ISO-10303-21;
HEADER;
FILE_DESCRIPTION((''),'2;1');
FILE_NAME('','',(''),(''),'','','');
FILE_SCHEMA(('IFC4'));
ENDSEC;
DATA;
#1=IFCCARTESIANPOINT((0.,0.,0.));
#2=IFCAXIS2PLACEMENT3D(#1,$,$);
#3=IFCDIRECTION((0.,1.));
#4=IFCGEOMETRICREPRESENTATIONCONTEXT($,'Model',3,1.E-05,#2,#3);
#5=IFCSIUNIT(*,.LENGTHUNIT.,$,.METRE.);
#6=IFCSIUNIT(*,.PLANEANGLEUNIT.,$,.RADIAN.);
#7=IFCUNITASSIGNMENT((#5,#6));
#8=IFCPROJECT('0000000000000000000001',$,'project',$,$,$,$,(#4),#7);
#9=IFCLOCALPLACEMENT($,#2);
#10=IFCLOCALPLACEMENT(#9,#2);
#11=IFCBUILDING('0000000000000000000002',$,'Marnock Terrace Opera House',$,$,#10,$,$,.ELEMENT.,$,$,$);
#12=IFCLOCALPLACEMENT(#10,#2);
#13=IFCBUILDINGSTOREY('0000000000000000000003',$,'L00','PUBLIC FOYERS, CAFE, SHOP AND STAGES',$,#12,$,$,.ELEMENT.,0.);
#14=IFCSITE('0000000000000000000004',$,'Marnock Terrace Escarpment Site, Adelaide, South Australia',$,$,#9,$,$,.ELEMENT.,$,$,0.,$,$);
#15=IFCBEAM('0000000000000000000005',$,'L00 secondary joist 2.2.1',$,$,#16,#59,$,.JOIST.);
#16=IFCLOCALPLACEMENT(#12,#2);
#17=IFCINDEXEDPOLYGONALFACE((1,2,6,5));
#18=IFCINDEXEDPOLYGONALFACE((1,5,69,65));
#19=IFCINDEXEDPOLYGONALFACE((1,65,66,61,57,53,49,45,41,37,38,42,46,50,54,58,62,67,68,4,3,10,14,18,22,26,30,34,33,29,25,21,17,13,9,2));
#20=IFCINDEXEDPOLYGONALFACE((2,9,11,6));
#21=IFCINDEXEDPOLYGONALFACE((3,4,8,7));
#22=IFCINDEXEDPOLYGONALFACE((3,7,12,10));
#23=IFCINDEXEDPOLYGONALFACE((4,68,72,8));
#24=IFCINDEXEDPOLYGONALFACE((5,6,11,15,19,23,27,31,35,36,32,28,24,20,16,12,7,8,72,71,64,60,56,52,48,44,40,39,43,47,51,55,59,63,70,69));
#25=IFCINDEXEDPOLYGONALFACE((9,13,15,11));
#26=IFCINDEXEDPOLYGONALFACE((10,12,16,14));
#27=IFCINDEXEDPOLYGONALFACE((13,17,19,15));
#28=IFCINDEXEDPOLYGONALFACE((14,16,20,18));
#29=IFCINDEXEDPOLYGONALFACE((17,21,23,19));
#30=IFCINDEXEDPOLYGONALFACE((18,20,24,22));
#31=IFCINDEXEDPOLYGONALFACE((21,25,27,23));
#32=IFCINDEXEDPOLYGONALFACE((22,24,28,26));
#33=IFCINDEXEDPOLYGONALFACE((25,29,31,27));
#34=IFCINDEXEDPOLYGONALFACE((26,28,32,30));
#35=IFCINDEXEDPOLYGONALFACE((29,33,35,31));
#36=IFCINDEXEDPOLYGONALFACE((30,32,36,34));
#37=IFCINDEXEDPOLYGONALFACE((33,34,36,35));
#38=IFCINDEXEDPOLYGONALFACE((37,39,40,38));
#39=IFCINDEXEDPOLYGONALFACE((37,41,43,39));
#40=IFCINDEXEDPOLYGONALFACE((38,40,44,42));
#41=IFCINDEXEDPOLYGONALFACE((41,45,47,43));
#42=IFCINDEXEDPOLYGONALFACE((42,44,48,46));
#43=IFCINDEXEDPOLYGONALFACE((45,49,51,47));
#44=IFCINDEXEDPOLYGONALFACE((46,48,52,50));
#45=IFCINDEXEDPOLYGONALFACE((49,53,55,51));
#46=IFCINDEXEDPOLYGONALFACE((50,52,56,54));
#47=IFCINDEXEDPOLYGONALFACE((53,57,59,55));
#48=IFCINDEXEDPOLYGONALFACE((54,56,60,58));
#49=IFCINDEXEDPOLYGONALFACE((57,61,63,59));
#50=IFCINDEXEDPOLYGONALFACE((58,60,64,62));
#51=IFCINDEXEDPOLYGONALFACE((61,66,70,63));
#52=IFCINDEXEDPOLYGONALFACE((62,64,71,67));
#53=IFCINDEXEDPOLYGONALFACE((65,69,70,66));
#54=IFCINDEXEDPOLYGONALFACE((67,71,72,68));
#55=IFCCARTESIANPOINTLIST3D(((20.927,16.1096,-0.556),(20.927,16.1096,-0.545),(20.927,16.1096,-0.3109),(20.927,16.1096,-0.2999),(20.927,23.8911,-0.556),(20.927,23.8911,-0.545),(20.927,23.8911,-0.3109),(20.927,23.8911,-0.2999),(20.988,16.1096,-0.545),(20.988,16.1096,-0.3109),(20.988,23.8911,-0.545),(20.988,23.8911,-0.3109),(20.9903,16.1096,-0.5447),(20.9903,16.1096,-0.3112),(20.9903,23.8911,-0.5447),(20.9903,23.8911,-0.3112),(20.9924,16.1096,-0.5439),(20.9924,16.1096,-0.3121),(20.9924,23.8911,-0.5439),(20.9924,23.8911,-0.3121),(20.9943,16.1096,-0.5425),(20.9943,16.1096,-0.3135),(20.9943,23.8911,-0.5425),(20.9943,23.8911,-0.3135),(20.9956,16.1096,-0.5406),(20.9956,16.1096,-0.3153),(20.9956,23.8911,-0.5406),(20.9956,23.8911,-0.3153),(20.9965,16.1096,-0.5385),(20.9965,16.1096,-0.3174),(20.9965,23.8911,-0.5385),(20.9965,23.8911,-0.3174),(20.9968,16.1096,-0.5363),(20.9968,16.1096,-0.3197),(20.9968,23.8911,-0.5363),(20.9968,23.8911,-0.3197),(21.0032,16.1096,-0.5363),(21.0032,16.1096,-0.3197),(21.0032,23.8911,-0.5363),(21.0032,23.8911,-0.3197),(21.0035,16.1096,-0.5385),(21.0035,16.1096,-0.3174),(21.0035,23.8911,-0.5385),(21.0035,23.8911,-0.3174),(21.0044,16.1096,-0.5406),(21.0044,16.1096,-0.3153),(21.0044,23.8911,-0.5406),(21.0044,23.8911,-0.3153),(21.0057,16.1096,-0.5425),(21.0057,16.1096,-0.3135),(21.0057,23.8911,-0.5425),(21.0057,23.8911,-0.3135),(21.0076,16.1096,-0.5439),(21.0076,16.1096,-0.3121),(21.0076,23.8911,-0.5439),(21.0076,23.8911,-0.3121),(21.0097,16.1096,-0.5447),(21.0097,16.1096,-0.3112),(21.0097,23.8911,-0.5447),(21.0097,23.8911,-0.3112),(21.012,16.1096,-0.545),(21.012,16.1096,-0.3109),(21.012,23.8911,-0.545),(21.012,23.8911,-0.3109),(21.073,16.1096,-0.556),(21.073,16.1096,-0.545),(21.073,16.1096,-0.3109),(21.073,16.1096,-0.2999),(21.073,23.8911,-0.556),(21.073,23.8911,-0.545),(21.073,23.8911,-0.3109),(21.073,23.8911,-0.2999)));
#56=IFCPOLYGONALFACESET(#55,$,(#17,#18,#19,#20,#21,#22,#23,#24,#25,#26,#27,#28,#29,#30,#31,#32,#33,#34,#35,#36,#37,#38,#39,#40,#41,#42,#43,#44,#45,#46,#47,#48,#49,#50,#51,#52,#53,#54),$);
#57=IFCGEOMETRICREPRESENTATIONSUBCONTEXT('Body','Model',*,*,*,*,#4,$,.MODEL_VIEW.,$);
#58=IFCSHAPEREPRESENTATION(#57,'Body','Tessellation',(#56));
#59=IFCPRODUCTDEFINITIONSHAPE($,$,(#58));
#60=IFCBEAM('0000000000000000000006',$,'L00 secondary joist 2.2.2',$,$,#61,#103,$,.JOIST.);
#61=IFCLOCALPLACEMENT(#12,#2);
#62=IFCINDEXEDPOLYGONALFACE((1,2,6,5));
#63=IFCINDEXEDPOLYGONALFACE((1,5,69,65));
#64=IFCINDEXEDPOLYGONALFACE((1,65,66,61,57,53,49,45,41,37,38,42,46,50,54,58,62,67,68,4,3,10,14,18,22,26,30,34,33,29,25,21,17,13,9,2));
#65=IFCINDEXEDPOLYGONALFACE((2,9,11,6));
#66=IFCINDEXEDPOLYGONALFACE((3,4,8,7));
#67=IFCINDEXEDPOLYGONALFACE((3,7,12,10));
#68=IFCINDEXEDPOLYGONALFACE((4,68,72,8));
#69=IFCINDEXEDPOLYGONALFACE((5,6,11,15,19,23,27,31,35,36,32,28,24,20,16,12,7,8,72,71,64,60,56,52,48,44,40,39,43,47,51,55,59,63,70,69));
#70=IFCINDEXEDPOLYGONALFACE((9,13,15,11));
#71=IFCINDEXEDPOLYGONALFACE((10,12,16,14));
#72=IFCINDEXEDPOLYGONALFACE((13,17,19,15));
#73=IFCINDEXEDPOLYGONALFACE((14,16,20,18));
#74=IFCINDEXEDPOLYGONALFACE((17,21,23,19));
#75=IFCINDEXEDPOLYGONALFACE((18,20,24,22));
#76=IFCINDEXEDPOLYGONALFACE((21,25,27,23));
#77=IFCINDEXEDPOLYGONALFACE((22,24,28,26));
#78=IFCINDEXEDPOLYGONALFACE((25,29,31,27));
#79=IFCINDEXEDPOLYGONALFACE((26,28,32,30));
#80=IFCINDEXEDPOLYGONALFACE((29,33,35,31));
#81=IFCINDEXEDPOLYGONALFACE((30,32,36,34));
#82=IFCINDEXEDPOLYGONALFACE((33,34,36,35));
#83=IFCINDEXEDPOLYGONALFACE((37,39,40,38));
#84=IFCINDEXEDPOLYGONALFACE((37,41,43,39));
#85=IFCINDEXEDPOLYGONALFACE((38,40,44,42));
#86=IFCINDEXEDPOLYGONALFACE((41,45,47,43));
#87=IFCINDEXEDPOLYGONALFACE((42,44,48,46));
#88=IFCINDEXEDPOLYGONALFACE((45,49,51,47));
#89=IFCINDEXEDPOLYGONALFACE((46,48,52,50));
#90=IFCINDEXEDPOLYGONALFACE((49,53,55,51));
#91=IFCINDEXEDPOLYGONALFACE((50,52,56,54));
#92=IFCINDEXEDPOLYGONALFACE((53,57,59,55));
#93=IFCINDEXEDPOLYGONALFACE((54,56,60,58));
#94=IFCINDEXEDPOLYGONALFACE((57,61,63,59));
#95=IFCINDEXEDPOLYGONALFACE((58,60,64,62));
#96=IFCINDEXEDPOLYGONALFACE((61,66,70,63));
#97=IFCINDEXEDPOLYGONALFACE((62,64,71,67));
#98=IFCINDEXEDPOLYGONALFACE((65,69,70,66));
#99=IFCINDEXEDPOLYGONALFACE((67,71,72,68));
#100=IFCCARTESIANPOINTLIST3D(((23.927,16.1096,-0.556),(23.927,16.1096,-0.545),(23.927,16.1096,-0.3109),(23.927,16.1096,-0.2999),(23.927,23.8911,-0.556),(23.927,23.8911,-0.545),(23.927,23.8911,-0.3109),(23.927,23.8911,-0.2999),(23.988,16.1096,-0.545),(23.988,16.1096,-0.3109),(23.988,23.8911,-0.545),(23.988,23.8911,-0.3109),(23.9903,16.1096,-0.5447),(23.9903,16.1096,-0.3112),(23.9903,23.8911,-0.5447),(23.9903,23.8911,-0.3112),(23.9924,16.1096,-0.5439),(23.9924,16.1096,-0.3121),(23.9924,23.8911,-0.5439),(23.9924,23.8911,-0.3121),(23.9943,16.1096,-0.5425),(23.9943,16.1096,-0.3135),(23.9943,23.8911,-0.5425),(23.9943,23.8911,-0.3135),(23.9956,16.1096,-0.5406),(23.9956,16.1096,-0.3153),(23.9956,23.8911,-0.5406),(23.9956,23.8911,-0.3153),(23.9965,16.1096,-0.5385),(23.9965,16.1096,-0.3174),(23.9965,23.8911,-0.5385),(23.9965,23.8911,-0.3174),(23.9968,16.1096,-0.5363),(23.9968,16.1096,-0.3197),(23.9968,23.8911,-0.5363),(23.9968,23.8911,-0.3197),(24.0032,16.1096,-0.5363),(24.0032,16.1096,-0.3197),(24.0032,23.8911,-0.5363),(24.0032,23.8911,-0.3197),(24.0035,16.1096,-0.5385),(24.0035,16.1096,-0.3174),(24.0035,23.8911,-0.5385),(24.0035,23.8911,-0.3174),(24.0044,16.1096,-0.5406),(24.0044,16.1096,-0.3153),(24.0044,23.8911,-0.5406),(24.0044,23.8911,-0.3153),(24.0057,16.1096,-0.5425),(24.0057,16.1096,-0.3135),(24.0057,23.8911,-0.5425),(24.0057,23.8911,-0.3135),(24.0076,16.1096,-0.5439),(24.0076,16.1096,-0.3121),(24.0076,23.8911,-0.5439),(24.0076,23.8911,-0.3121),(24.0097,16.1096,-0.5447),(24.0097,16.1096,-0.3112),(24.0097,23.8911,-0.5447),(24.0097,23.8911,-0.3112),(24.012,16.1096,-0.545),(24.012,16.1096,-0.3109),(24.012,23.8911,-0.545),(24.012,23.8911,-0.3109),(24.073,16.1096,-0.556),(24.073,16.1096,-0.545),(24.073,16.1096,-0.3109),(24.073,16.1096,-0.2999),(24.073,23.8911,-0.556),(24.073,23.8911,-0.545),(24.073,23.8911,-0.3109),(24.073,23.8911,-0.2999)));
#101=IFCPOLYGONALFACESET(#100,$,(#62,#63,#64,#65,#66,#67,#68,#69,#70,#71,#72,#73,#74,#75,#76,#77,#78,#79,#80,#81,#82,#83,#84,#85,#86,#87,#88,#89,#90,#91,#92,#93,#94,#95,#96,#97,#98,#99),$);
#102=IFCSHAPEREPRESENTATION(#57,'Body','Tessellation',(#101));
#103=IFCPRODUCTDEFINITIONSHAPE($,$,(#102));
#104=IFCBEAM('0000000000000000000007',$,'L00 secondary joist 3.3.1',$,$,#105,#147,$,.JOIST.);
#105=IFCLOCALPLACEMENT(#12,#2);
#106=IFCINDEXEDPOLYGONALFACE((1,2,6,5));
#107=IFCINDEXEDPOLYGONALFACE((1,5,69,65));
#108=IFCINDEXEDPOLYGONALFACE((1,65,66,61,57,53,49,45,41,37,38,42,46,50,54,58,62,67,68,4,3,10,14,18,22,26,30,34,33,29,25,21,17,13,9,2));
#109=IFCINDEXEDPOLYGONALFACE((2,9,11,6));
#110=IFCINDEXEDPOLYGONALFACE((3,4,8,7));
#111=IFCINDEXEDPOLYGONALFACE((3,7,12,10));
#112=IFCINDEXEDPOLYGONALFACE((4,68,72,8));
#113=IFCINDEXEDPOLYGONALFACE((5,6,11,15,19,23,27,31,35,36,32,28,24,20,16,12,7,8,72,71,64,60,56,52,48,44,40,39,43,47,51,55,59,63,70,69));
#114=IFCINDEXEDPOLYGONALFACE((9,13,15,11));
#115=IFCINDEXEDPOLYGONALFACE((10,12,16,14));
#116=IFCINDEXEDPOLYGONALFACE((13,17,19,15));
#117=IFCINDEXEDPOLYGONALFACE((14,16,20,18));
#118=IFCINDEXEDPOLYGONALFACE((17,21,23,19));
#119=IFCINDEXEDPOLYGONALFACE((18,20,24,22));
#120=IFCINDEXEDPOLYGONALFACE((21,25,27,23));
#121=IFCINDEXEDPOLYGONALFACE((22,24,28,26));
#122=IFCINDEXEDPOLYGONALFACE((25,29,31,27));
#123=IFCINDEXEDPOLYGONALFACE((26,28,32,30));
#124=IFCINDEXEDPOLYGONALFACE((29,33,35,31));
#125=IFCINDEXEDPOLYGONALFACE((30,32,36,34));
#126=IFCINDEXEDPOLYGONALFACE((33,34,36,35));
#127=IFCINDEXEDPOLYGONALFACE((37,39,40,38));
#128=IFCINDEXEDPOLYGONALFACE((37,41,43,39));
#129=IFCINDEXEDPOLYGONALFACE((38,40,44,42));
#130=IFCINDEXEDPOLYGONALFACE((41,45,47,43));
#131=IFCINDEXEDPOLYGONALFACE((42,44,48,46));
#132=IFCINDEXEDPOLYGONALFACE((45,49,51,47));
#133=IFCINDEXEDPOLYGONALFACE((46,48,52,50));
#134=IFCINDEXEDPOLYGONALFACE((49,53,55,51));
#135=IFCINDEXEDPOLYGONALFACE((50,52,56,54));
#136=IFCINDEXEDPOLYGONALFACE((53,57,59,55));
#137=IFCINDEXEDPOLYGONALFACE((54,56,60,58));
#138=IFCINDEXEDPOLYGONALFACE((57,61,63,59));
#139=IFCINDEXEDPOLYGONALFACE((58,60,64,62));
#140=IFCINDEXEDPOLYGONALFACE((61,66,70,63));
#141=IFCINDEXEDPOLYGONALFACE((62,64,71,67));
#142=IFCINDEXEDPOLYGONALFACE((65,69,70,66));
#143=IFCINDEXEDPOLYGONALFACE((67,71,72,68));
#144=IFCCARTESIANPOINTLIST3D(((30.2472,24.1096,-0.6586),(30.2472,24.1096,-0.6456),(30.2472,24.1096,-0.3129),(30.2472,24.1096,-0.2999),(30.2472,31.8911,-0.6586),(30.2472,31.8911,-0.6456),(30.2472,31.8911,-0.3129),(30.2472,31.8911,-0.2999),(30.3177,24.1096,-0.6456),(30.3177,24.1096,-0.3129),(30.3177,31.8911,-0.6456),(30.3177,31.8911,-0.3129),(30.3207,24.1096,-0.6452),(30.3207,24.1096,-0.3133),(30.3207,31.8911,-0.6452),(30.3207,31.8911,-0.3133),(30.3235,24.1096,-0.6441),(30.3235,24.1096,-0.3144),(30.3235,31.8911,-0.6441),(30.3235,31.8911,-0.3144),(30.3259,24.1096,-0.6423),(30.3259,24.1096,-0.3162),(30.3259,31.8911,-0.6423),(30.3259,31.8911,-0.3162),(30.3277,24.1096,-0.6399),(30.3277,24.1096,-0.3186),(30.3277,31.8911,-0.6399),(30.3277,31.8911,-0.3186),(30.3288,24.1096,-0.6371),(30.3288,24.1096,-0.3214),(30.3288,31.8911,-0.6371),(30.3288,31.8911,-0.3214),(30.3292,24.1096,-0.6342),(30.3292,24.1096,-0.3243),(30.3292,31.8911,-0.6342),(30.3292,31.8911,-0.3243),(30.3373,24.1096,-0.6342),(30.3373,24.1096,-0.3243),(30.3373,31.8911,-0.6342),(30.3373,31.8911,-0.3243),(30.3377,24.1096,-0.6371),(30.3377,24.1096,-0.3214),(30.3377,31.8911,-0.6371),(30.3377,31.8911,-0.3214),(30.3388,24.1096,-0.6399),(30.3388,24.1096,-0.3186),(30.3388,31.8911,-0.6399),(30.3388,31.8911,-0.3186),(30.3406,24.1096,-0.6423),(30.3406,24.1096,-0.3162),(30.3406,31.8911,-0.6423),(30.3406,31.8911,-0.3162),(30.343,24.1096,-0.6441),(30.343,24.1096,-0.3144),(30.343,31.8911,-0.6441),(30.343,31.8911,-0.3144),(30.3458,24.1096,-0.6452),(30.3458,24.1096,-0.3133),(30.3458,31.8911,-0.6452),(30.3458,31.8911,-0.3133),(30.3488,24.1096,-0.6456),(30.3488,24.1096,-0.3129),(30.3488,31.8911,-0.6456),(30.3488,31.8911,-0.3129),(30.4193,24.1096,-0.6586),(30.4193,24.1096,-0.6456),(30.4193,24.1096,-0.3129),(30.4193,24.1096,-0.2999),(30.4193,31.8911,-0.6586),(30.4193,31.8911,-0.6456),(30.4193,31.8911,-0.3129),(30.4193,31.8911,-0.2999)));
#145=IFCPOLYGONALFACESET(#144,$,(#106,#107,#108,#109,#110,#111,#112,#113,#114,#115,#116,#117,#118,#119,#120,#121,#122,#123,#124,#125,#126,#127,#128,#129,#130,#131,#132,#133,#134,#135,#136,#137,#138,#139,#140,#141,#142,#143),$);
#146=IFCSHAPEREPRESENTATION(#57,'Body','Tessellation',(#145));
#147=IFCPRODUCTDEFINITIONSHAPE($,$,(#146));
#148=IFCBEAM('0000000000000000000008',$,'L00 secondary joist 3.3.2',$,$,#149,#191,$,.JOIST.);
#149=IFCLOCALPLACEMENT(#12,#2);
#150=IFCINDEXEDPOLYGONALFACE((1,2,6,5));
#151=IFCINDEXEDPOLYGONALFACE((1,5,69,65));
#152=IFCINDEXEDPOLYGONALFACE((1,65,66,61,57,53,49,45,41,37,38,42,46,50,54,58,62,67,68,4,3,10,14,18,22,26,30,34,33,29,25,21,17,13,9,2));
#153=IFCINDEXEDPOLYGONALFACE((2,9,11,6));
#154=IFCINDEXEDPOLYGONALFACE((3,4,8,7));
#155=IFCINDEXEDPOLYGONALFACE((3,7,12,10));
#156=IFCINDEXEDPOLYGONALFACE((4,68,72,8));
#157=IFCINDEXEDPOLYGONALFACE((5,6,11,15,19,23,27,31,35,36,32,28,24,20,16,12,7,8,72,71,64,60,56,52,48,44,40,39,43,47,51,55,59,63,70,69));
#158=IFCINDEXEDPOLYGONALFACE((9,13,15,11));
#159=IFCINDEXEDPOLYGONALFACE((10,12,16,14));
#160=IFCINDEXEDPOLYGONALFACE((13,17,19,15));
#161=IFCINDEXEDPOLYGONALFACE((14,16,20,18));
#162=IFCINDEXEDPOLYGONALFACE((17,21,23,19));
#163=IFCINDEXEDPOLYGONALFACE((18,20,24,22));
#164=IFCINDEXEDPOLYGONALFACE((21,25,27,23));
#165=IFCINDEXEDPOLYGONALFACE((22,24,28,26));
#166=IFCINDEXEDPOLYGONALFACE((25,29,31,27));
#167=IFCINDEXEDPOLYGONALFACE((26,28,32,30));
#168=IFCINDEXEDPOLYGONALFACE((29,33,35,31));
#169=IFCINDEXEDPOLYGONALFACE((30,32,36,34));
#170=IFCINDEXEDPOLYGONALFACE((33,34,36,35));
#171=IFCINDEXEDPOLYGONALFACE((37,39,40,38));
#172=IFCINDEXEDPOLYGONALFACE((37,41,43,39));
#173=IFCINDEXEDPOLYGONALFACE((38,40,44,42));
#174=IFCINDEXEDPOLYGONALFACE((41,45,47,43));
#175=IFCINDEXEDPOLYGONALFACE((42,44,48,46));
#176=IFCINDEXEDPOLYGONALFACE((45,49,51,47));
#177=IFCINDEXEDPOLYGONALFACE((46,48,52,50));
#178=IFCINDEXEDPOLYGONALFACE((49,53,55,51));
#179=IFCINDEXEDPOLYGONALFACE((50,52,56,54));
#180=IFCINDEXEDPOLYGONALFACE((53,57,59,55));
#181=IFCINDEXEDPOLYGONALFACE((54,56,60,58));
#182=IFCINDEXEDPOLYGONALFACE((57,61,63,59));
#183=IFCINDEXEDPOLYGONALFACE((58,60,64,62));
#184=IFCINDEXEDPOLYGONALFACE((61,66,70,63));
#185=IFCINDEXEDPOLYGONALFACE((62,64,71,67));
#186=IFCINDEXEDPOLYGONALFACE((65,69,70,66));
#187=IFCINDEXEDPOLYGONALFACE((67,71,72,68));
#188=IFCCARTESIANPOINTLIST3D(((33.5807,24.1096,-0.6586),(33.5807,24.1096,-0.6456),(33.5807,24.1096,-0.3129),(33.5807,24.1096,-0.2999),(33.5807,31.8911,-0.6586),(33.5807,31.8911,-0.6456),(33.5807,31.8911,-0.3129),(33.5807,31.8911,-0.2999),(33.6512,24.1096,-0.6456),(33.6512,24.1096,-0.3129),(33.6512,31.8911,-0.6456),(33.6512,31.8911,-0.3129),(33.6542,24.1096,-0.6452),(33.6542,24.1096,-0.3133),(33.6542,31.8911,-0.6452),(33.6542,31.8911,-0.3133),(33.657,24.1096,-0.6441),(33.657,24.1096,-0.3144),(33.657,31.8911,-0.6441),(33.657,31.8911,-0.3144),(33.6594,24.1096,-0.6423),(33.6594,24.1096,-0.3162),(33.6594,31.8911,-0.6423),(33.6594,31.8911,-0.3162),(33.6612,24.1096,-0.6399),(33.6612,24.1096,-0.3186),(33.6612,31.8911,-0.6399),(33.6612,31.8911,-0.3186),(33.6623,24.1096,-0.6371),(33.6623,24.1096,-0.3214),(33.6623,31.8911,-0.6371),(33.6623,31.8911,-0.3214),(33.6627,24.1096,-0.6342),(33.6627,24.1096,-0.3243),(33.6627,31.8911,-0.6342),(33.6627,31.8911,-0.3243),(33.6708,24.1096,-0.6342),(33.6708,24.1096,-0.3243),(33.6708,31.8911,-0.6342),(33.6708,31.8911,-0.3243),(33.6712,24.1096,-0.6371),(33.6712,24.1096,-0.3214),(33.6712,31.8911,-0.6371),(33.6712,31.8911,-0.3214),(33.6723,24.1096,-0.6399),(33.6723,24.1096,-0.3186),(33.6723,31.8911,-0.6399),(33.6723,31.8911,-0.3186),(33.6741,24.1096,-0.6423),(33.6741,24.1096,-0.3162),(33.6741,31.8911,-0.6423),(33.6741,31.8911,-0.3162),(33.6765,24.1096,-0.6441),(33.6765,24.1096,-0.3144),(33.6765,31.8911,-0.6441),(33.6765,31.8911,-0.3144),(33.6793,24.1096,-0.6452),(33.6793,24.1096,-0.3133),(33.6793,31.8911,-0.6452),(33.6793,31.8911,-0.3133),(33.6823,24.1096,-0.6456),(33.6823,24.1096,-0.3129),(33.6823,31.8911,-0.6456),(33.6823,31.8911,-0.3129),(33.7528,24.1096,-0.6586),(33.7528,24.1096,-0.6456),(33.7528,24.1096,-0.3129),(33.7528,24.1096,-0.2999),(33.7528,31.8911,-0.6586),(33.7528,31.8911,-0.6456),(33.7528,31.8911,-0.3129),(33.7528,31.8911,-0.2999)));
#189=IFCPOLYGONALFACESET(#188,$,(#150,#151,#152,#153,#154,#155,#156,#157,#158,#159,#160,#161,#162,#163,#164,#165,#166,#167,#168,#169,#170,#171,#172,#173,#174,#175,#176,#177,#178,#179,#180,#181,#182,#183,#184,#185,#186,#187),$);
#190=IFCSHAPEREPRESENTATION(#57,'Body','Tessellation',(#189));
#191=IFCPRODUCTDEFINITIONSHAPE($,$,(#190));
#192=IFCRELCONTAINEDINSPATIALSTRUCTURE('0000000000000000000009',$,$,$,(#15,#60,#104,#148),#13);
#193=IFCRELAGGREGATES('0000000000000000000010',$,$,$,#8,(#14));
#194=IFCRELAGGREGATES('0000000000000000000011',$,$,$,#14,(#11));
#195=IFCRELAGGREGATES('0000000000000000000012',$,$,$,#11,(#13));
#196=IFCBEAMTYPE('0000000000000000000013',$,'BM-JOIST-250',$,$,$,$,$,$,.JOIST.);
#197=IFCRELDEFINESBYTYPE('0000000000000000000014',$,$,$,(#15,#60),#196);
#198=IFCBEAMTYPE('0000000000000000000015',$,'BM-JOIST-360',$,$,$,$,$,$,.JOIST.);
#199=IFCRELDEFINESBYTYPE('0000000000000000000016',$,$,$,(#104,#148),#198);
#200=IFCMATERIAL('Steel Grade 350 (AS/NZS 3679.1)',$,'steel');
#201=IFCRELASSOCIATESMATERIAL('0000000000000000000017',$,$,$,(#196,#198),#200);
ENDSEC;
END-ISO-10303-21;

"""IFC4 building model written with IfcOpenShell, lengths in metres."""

from ifc_helpers import new_model, si_unit, direction, frame, origin, origin_2d, place, context, subcontext, project, spatial, i_section, extrude, material, material_profile, profile_set, type_object, element, save


model = new_model("IFC4")

# Units and contexts
model_context = context("Model", 3, precision=1e-05, world=origin(), true_north=direction((0.0, 1.0)))
body_context = subcontext(model_context, "Body", "Model", "MODEL_VIEW")
ifc_project = project(units=[si_unit("LENGTHUNIT", "METRE"), si_unit("PLANEANGLEUNIT", "RADIAN")], contexts=[model_context])

# Site, building, storey
site_placement = place(None, origin())
site = spatial("IfcSite", under=ifc_project, at=site_placement, Name="Marnock Terrace Escarpment Site, Adelaide, South Australia", CompositionType="ELEMENT", RefElevation=0.0)
building_placement = place(site_placement, origin())
building = spatial("IfcBuilding", under=site, at=building_placement, Name="Marnock Terrace Opera House", CompositionType="ELEMENT")
storey_placement = place(building_placement, origin())
storey = spatial("IfcBuildingStorey", under=building, at=storey_placement, Name="L00", Description="PUBLIC FOYERS, CAFE, SHOP AND STAGES", CompositionType="ELEMENT", Elevation=0.0)

# Shared definitions
ifc_material_1 = material(Name="Steel Grade 350 (AS/NZS 3679.1)", Category="steel")

# Beams
ifc_material_profile_1 = material_profile(ifc_material_1, i_section(OverallWidth=0.146, OverallDepth=0.2561, WebThickness=0.0063, FlangeThickness=0.011, FilletRadius=0.0088, at=origin_2d()))
ifc_profile_set_1 = profile_set([ifc_material_profile_1], Name="Steel Grade 350 (AS/NZS 3679.1)")
beam_type_1 = type_object("IfcBeamType", Name="BM-JOIST-250", PredefinedType="JOIST", material=ifc_profile_set_1)
for number, where, z_axis, x_axis, name in (
    (1, (21.0, 16.1096, -0.428), (0.0, 1.0, 0.0), (-1.0, 0.0, 0.0), "L00 secondary joist 2.2.1"),
    (2, (24.0, 16.1096, -0.428), (0.0, 1.0, 0.0), (-1.0, 0.0, 0.0), "L00 secondary joist 2.2.2"),
):
    element("IfcBeam", number, at=place(storey_placement, frame(where, z_axis=z_axis, x_axis=x_axis)), inside=storey, type_object=beam_type_1, Name=name, PredefinedType="JOIST", context=body_context, shape_type="SweptSolid", body=[
        extrude(i_section(OverallWidth=0.146, OverallDepth=0.2561, WebThickness=0.0063, FlangeThickness=0.011, FilletRadius=0.0088, at=origin_2d()), origin(), (0.0, 0.0, 1.0), 7.7815),
    ])
ifc_material_profile_2 = material_profile(ifc_material_1, i_section(OverallWidth=0.1721, OverallDepth=0.3586, WebThickness=0.0081, FlangeThickness=0.0129, FilletRadius=0.0115, at=origin_2d()))
ifc_profile_set_2 = profile_set([ifc_material_profile_2], Name="Steel Grade 350 (AS/NZS 3679.1)")
beam_type_2 = type_object("IfcBeamType", Name="BM-JOIST-360", PredefinedType="JOIST", material=ifc_profile_set_2)
for number, where, z_axis, x_axis, name in (
    (3, (30.3333, 24.1096, -0.4792), (0.0, 1.0, 0.0), (-1.0, 0.0, 0.0), "L00 secondary joist 3.3.1"),
    (4, (33.6667, 24.1096, -0.4792), (0.0, 1.0, 0.0), (-1.0, 0.0, 0.0), "L00 secondary joist 3.3.2"),
):
    element("IfcBeam", number, at=place(storey_placement, frame(where, z_axis=z_axis, x_axis=x_axis)), inside=storey, type_object=beam_type_2, Name=name, PredefinedType="JOIST", context=body_context, shape_type="SweptSolid", body=[
        extrude(i_section(OverallWidth=0.1721, OverallDepth=0.3586, WebThickness=0.0081, FlangeThickness=0.0129, FilletRadius=0.0115, at=origin_2d()), origin(), (0.0, 0.0, 1.0), 7.7815),
    ])

save(model, "model.ifc")
